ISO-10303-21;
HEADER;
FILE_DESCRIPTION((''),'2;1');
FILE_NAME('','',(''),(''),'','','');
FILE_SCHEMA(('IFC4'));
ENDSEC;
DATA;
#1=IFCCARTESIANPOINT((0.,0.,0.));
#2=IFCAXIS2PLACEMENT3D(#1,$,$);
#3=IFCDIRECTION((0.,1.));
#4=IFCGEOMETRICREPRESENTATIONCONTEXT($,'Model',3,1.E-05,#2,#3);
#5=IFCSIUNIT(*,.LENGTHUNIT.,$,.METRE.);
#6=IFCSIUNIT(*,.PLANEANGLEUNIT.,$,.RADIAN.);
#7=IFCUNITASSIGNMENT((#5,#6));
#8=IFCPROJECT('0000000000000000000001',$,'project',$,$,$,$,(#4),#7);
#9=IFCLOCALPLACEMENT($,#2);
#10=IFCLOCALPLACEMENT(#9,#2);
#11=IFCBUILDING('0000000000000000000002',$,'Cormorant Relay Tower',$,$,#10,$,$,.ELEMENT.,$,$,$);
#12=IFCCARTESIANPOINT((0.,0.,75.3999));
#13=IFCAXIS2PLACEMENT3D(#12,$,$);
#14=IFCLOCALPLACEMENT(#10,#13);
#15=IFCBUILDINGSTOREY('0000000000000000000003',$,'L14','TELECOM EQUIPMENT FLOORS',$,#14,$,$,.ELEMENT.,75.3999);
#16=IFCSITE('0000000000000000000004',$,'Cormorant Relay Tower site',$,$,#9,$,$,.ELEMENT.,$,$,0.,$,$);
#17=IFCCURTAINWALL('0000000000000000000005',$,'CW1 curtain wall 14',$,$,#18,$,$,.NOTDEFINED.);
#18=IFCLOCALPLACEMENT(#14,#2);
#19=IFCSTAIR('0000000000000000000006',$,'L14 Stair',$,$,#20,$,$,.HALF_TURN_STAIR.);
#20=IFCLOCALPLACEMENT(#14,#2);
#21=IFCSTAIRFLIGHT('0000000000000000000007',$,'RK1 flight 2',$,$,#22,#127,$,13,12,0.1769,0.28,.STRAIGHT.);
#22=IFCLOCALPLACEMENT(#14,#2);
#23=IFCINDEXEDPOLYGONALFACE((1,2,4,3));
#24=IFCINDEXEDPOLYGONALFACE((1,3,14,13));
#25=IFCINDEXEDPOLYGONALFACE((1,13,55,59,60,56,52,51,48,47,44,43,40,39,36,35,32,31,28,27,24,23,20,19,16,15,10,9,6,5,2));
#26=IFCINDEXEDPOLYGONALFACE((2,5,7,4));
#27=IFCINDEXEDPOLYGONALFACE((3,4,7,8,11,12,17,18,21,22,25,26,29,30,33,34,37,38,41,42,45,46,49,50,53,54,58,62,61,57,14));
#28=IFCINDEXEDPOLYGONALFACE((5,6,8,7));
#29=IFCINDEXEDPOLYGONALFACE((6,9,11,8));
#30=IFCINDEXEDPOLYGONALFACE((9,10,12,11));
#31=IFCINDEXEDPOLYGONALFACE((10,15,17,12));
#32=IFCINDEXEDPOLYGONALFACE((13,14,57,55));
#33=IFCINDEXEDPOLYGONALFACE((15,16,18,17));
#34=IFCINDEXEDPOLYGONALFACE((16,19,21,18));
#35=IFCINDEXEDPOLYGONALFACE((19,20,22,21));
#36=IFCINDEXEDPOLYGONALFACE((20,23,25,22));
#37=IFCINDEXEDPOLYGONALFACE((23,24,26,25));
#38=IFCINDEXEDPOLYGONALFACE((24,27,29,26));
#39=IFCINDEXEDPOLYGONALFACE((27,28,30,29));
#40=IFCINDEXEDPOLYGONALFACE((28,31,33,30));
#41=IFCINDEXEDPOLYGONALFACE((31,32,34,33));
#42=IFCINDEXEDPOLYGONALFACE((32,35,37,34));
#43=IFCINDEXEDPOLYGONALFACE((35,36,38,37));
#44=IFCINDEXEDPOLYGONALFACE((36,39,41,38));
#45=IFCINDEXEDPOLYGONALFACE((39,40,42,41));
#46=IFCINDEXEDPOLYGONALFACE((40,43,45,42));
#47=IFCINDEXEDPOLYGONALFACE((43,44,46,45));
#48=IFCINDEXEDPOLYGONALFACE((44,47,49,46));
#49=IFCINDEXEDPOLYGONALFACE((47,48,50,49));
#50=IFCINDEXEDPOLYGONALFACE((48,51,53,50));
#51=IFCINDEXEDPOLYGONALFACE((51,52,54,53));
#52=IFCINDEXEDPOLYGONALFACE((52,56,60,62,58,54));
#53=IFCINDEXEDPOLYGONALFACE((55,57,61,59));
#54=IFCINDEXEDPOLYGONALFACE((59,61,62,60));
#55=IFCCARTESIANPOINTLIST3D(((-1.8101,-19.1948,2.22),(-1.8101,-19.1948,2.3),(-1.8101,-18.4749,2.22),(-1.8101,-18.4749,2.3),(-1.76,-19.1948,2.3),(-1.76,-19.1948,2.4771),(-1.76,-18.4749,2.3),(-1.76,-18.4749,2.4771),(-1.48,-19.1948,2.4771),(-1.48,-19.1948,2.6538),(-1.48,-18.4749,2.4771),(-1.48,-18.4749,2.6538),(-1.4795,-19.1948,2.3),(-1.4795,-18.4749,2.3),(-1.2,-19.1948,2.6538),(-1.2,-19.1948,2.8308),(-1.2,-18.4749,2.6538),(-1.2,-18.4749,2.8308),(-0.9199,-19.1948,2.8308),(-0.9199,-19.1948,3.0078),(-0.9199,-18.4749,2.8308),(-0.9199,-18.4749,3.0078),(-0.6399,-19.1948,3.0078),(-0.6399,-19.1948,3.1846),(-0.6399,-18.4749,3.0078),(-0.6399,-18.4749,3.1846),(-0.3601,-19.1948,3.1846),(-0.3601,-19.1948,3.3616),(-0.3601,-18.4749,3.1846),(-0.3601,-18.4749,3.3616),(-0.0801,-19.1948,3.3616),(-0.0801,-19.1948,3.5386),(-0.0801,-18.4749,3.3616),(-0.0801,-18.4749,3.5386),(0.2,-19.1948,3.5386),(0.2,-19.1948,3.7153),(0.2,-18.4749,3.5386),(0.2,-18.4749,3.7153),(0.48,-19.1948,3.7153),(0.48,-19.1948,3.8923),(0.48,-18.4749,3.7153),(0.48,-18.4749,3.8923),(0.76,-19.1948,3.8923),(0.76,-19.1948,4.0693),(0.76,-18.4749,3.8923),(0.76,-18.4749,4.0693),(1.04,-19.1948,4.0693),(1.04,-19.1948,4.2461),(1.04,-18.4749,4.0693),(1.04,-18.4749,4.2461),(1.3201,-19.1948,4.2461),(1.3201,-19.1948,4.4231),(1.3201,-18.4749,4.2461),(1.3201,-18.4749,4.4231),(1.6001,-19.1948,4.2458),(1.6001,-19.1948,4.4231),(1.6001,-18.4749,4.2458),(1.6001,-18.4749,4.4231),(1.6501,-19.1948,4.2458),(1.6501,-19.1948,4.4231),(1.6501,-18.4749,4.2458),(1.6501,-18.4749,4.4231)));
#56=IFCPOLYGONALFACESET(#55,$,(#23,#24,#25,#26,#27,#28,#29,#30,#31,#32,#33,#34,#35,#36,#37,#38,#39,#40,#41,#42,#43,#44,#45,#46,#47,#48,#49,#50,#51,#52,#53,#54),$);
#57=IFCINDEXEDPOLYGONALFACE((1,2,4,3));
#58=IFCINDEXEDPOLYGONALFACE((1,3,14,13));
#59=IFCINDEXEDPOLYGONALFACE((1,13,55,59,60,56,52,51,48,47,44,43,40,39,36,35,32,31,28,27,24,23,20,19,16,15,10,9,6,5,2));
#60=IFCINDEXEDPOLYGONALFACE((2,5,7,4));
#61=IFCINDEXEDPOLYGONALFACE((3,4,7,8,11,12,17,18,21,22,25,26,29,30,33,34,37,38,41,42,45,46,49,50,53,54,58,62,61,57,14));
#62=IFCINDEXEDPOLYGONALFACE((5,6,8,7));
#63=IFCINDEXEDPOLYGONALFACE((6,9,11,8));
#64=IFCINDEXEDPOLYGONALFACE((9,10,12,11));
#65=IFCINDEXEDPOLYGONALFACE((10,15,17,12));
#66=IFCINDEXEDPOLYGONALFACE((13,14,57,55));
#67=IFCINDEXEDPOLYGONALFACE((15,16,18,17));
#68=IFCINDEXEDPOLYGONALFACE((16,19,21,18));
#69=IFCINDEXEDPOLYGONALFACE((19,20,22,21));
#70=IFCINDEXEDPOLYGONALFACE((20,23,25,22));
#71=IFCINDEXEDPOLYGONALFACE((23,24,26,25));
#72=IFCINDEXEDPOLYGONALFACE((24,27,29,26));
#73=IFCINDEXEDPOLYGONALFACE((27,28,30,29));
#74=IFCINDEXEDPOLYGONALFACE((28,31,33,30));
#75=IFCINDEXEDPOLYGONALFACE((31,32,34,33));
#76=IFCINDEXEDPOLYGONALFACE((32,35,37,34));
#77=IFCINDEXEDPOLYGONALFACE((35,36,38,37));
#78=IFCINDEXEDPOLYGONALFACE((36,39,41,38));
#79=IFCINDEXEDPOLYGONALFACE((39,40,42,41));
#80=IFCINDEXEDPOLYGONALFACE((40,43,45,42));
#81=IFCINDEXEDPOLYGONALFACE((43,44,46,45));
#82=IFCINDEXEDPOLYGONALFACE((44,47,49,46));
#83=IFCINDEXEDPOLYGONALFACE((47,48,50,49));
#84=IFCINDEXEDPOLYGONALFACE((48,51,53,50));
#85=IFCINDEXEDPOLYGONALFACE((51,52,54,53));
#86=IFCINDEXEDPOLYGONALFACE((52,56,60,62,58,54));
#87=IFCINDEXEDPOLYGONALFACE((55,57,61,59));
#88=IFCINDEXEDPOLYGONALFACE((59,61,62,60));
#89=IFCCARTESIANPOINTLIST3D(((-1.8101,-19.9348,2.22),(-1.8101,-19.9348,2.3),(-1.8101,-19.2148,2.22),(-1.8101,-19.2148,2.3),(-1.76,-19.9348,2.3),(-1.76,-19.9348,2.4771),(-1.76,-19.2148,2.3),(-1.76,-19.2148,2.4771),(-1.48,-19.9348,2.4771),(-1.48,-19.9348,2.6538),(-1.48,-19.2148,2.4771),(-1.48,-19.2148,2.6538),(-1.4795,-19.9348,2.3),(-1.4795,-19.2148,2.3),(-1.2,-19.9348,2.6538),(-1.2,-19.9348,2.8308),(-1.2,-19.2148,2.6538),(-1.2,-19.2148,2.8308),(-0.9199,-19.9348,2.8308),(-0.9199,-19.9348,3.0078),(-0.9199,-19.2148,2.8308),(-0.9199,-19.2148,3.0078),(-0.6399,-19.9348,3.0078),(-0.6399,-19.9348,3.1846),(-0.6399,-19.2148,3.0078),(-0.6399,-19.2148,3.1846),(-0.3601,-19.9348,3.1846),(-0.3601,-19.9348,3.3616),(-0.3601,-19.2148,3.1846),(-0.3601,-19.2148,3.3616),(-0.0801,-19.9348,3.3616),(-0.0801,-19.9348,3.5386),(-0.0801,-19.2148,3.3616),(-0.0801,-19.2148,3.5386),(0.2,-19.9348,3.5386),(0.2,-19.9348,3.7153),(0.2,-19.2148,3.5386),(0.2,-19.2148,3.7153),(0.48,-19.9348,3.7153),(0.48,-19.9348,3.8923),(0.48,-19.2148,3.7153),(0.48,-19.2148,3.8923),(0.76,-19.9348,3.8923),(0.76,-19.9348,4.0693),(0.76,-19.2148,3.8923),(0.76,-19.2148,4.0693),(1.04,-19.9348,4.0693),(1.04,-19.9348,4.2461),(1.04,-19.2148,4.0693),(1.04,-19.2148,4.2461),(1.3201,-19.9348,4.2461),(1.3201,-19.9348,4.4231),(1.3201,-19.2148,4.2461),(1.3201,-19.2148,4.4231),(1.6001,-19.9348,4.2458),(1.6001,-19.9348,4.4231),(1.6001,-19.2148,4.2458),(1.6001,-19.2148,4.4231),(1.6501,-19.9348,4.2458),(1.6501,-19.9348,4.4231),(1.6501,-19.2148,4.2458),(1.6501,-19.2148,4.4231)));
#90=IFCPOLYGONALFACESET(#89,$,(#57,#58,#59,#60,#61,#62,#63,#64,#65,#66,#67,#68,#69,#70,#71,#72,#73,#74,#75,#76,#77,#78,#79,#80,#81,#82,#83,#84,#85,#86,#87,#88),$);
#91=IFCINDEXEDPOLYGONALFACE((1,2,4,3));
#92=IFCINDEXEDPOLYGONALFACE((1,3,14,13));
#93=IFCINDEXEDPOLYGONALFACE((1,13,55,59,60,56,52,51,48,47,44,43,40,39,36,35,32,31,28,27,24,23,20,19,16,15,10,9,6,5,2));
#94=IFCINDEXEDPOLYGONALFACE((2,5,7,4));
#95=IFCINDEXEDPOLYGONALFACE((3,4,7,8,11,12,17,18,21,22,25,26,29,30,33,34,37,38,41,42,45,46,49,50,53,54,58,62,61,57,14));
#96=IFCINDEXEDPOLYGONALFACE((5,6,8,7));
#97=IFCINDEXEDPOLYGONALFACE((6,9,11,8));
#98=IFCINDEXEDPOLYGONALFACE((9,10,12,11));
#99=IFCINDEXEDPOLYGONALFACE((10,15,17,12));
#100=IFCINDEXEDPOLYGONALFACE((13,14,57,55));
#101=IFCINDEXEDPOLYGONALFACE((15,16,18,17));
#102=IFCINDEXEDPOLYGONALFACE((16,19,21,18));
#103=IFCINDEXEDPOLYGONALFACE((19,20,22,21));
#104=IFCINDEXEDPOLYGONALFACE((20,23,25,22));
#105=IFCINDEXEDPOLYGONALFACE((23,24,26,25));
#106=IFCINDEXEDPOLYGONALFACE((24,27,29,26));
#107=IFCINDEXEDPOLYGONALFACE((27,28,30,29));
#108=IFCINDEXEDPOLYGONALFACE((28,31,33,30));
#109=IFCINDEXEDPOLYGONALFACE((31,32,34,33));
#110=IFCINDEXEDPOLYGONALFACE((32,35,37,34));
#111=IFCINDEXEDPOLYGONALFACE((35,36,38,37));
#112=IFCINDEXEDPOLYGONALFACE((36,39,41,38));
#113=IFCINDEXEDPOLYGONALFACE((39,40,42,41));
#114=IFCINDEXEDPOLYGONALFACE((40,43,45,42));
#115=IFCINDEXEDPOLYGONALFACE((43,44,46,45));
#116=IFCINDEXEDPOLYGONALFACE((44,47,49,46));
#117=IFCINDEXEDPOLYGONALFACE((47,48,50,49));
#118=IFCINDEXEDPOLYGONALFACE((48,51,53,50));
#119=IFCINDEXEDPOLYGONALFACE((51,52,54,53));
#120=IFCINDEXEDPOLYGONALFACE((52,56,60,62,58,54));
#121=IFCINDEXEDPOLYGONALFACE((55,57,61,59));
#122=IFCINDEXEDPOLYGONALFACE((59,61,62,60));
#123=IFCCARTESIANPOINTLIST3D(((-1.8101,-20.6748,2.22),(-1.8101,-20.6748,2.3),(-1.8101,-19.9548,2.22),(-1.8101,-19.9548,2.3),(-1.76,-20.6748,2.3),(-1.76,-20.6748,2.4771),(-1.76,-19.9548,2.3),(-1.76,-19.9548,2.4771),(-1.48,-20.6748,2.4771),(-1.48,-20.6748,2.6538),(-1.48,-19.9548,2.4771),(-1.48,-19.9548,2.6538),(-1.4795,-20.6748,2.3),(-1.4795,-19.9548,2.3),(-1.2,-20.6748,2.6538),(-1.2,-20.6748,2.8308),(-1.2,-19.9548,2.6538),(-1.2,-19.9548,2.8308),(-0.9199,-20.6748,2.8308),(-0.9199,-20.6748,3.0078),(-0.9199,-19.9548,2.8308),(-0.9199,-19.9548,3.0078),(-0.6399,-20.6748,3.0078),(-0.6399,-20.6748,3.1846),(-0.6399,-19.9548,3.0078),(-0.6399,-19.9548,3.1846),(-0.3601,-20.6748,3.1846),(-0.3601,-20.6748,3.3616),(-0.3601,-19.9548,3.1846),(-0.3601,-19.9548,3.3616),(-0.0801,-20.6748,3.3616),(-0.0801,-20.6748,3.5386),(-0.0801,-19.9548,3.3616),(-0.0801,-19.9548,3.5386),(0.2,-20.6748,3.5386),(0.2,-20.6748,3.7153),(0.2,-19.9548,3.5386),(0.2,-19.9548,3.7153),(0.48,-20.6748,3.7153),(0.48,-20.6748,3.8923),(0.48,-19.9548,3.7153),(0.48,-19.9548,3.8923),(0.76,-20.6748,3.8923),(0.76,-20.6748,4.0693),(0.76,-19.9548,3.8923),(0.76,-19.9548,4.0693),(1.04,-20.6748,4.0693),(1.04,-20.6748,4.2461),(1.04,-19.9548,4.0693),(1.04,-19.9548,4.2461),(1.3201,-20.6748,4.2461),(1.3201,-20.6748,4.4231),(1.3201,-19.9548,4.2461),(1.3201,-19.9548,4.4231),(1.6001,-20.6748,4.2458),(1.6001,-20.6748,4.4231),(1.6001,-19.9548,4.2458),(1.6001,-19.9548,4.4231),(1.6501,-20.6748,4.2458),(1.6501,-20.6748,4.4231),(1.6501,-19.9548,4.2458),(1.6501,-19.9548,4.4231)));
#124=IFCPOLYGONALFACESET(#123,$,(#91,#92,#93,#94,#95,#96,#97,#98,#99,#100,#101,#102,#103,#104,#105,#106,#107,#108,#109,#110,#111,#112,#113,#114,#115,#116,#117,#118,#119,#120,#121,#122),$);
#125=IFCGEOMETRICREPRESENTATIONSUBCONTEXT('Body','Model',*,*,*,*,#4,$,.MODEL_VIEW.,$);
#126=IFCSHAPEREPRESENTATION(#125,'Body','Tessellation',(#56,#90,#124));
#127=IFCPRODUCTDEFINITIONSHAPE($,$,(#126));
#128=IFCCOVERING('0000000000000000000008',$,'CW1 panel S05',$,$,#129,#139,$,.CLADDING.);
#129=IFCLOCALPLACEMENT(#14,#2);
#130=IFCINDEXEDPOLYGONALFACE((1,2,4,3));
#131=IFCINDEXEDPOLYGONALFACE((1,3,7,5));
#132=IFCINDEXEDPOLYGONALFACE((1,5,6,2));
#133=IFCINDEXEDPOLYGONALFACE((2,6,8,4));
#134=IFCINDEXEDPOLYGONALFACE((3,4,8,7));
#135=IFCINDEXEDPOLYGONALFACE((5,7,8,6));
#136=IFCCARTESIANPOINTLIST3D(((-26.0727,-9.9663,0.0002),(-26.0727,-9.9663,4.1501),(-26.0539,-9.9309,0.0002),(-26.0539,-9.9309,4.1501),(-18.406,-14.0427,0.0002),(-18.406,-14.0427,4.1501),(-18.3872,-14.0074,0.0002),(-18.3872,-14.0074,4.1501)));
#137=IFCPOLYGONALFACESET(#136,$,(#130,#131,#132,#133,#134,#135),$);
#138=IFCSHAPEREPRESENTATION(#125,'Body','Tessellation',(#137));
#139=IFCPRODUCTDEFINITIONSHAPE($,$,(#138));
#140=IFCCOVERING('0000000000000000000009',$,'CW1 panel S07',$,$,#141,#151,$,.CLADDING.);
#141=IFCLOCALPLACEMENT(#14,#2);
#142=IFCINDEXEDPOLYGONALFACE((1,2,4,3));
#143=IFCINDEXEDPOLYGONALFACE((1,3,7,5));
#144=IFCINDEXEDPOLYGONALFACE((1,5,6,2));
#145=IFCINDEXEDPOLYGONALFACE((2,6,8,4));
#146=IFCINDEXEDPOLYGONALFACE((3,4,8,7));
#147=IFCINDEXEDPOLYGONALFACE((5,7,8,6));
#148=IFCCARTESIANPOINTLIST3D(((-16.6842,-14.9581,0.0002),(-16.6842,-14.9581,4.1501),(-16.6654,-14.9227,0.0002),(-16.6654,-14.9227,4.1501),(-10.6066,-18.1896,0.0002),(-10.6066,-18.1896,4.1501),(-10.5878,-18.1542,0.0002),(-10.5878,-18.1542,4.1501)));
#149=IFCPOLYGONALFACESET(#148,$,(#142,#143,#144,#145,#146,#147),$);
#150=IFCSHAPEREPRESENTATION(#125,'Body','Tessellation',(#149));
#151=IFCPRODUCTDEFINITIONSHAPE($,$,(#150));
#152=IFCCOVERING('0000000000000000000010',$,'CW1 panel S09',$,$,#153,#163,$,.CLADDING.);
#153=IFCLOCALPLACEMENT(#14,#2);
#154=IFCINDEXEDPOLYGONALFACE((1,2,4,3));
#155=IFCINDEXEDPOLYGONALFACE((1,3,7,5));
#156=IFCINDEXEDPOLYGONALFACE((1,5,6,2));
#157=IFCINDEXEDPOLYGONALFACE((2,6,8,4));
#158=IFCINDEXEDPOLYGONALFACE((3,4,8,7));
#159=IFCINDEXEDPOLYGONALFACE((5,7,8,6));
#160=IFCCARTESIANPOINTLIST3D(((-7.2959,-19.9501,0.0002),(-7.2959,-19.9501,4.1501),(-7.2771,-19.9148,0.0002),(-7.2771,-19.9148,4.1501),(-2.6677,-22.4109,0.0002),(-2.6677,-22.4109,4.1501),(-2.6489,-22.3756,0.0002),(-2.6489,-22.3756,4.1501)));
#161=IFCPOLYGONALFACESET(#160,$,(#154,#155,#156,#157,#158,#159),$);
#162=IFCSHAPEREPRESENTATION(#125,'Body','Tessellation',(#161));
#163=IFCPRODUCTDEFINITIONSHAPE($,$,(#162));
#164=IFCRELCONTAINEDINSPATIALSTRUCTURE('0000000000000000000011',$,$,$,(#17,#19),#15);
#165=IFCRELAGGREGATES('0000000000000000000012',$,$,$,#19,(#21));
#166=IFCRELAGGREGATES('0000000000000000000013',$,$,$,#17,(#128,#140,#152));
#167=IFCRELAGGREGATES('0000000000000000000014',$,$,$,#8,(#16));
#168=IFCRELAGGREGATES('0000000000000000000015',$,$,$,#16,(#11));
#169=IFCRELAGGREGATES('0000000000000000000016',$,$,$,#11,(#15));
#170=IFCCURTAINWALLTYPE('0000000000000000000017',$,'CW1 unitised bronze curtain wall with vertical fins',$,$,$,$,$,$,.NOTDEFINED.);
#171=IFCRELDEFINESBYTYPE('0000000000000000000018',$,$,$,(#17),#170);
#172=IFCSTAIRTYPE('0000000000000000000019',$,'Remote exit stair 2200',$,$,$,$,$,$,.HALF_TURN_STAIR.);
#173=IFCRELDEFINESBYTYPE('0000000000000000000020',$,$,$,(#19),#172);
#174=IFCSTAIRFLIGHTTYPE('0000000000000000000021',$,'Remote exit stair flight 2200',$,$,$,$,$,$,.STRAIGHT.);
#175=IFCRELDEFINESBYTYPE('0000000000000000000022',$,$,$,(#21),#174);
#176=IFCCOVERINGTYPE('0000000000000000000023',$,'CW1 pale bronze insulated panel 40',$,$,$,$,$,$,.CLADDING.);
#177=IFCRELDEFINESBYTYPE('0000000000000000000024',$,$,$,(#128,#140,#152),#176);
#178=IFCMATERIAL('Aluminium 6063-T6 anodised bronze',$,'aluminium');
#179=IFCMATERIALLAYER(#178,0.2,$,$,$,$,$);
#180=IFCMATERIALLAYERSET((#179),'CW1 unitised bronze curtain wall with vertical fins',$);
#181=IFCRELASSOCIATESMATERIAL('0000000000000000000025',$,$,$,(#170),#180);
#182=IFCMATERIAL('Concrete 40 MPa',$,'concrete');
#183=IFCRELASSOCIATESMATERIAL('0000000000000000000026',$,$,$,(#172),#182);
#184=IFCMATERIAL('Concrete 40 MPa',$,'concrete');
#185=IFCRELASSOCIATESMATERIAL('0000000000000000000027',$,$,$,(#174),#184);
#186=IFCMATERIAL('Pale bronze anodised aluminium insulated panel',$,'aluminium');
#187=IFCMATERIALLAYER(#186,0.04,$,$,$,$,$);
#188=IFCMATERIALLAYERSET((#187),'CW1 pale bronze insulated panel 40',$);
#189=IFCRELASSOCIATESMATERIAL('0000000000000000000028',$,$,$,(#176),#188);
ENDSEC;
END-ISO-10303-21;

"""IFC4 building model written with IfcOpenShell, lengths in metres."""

from ifc_helpers import new_model, si_unit, direction, frame, origin, origin_2d, place, context, subcontext, project, spatial, polyline, rectangle, outline, extrude, material, layer, layer_set, type_object, element, aggregate, save


model = new_model("IFC4")

# Units and contexts
model_context = context("Model", 3, precision=1e-05, world=origin(), true_north=direction((0.0, 1.0)))
body_context = subcontext(model_context, "Body", "Model", "MODEL_VIEW")
ifc_project = project(units=[si_unit("LENGTHUNIT", "METRE"), si_unit("PLANEANGLEUNIT", "RADIAN")], contexts=[model_context])

# Site, building, storey
site_placement = place(None, origin())
site = spatial("IfcSite", under=ifc_project, at=site_placement, Name="Cormorant Relay Tower site", CompositionType="ELEMENT", RefElevation=0.0)
building_placement = place(site_placement, origin())
building = spatial("IfcBuilding", under=site, at=building_placement, Name="Cormorant Relay Tower", CompositionType="ELEMENT")
storey_placement = place(building_placement, frame((0.0, 0.0, 75.3999)))
storey = spatial("IfcBuildingStorey", under=building, at=storey_placement, Name="L14", Description="TELECOM EQUIPMENT FLOORS", CompositionType="ELEMENT", Elevation=75.3999)

# Shared definitions
ifc_material_1 = material(Name="Aluminium 6063-T6 anodised bronze", Category="aluminium")
ifc_layer_1 = layer(ifc_material_1, 0.2)
ifc_layer_set_1 = layer_set([ifc_layer_1], Name="CW1 unitised bronze curtain wall with vertical fins")
curtain_wall_type = type_object("IfcCurtainWallType", Name="CW1 unitised bronze curtain wall with vertical fins", PredefinedType="NOTDEFINED", material=ifc_layer_set_1)

# Curtain wall
curtain_wall_1_placement = place(storey_placement, origin())
curtain_wall_1 = element("IfcCurtainWall", 1, at=curtain_wall_1_placement, inside=storey, type_object=curtain_wall_type, Name="CW1 curtain wall 14", PredefinedType="NOTDEFINED")

# Stair, stair flight
ifc_material_2 = material(Name="Concrete 40 MPa", Category="concrete")
stair_type = type_object("IfcStairType", Name="Remote exit stair 2200", PredefinedType="HALF_TURN_STAIR", material=ifc_material_2)
stair_placement = place(storey_placement, origin())
stair = element("IfcStair", 2, at=stair_placement, inside=storey, type_object=stair_type, Name="L14 Stair", PredefinedType="HALF_TURN_STAIR")
ifc_material_3 = material(Name="Concrete 40 MPa", Category="concrete")
stair_flight_type = type_object("IfcStairFlightType", Name="Remote exit stair flight 2200", PredefinedType="STRAIGHT", material=ifc_material_3)
stair_flight_placement = place(storey_placement, frame((-1.76, -19.575, 2.3), z_axis=(0.0, 0.0, 1.0), x_axis=(1.0, 0.0, 0.0)))
stair_flight = element("IfcStairFlight", 3, at=stair_flight_placement, type_object=stair_flight_type, Name="RK1 flight 2", NumberOfRisers=13, NumberOfTreads=12, PredefinedType="STRAIGHT", RiserHeight=0.1769, TreadLength=0.28, context=body_context, shape_type="SweptSolid", body=[
    extrude(outline(polyline([(-0.05, -0.0801), (-0.05, 0.0), (0.0, 0.0), (0.0, 0.177), (0.28, 0.177), (0.28, 0.3538), (0.5601, 0.3538), (0.5601, 0.5308), (0.8401, 0.5308), (0.8401, 0.7078), (1.1201, 0.7078), (1.1201, 0.8845), (1.3999, 0.8845), (1.3999, 1.0615), (1.6799, 1.0615), (1.6799, 1.2385), (1.96, 1.2385), (1.96, 1.4153), (2.24, 1.4153), (2.24, 1.5923), (2.52, 1.5923), (2.52, 1.7693), (2.8, 1.7693), (2.8, 1.946), (3.0801, 1.946), (3.0801, 2.123), (3.3601, 2.123), (3.4102, 2.123), (3.4102, 1.9458), (3.3601, 1.9458), (0.2805, 0.0), (-0.05, -0.0801)])), frame((0.0, 1.1001, 0.0), z_axis=(0.0, -1.0, 0.0), x_axis=(1.0, 0.0, 0.0)), (0.0, 0.0, 1.0), 0.72),
    extrude(outline(polyline([(-0.05, -0.0801), (-0.05, 0.0), (0.0, 0.0), (0.0, 0.177), (0.28, 0.177), (0.28, 0.3538), (0.5601, 0.3538), (0.5601, 0.5308), (0.8401, 0.5308), (0.8401, 0.7078), (1.1201, 0.7078), (1.1201, 0.8845), (1.3999, 0.8845), (1.3999, 1.0615), (1.6799, 1.0615), (1.6799, 1.2385), (1.96, 1.2385), (1.96, 1.4153), (2.24, 1.4153), (2.24, 1.5923), (2.52, 1.5923), (2.52, 1.7693), (2.8, 1.7693), (2.8, 1.946), (3.0801, 1.946), (3.0801, 2.123), (3.3601, 2.123), (3.4102, 2.123), (3.4102, 1.9458), (3.3601, 1.9458), (0.2805, 0.0), (-0.05, -0.0801)])), frame((0.0, 0.3601, 0.0), z_axis=(0.0, -1.0, 0.0), x_axis=(1.0, 0.0, 0.0)), (0.0, 0.0, 1.0), 0.72),
    extrude(outline(polyline([(-0.05, -0.0801), (-0.05, 0.0), (0.0, 0.0), (0.0, 0.177), (0.28, 0.177), (0.28, 0.3538), (0.5601, 0.3538), (0.5601, 0.5308), (0.8401, 0.5308), (0.8401, 0.7078), (1.1201, 0.7078), (1.1201, 0.8845), (1.3999, 0.8845), (1.3999, 1.0615), (1.6799, 1.0615), (1.6799, 1.2385), (1.96, 1.2385), (1.96, 1.4153), (2.24, 1.4153), (2.24, 1.5923), (2.52, 1.5923), (2.52, 1.7693), (2.8, 1.7693), (2.8, 1.946), (3.0801, 1.946), (3.0801, 2.123), (3.3601, 2.123), (3.4102, 2.123), (3.4102, 1.9458), (3.3601, 1.9458), (0.2805, 0.0), (-0.05, -0.0801)])), frame((0.0, -0.3799, 0.0), z_axis=(0.0, -1.0, 0.0), x_axis=(1.0, 0.0, 0.0)), (0.0, 0.0, 1.0), 0.72),
])
aggregate(stair, [stair_flight])

# Coverings
ifc_material_4 = material(Name="Pale bronze anodised aluminium insulated panel", Category="aluminium")
ifc_layer_2 = layer(ifc_material_4, 0.04)
ifc_layer_set_2 = layer_set([ifc_layer_2], Name="CW1 pale bronze insulated panel 40")
covering_type = type_object("IfcCoveringType", Name="CW1 pale bronze insulated panel 40", PredefinedType="CLADDING", material=ifc_layer_set_2)
covering_1_placement = place(storey_placement, frame((-22.23, -11.9868, 0.0002), z_axis=(0.0, 0.0, 1.0), x_axis=(0.882948, -0.469472, 0.0)))
covering_1 = element("IfcCovering", 4, at=covering_1_placement, type_object=covering_type, Name="CW1 panel S05", PredefinedType="CLADDING", context=body_context, shape_type="SweptSolid", body=[
    extrude(rectangle(XDim=8.6831, YDim=0.04, at=origin_2d()), origin(), (0.0, 0.0, 1.0), 4.1499),
])
covering_2_placement = place(storey_placement, frame((-13.636, -16.5562, 0.0002), z_axis=(0.0, 0.0, 1.0), x_axis=(0.882948, -0.469472, 0.0)))
covering_2 = element("IfcCovering", 5, at=covering_2_placement, type_object=covering_type, Name="CW1 panel S07", PredefinedType="CLADDING", context=body_context, shape_type="SweptSolid", body=[
    extrude(rectangle(XDim=6.8833, YDim=0.04, at=origin_2d()), origin(), (0.0, 0.0, 1.0), 4.1499),
])
covering_3_placement = place(storey_placement, frame((-4.9724, -21.1628, 0.0002), z_axis=(0.0, 0.0, 1.0), x_axis=(0.882948, -0.469472, 0.0)))
covering_3 = element("IfcCovering", 6, at=covering_3_placement, type_object=covering_type, Name="CW1 panel S09", PredefinedType="CLADDING", context=body_context, shape_type="SweptSolid", body=[
    extrude(rectangle(XDim=5.2417, YDim=0.04, at=origin_2d()), origin(), (0.0, 0.0, 1.0), 4.1499),
])
aggregate(curtain_wall_1, [covering_1, covering_2, covering_3])

save(model, "model.ifc")
